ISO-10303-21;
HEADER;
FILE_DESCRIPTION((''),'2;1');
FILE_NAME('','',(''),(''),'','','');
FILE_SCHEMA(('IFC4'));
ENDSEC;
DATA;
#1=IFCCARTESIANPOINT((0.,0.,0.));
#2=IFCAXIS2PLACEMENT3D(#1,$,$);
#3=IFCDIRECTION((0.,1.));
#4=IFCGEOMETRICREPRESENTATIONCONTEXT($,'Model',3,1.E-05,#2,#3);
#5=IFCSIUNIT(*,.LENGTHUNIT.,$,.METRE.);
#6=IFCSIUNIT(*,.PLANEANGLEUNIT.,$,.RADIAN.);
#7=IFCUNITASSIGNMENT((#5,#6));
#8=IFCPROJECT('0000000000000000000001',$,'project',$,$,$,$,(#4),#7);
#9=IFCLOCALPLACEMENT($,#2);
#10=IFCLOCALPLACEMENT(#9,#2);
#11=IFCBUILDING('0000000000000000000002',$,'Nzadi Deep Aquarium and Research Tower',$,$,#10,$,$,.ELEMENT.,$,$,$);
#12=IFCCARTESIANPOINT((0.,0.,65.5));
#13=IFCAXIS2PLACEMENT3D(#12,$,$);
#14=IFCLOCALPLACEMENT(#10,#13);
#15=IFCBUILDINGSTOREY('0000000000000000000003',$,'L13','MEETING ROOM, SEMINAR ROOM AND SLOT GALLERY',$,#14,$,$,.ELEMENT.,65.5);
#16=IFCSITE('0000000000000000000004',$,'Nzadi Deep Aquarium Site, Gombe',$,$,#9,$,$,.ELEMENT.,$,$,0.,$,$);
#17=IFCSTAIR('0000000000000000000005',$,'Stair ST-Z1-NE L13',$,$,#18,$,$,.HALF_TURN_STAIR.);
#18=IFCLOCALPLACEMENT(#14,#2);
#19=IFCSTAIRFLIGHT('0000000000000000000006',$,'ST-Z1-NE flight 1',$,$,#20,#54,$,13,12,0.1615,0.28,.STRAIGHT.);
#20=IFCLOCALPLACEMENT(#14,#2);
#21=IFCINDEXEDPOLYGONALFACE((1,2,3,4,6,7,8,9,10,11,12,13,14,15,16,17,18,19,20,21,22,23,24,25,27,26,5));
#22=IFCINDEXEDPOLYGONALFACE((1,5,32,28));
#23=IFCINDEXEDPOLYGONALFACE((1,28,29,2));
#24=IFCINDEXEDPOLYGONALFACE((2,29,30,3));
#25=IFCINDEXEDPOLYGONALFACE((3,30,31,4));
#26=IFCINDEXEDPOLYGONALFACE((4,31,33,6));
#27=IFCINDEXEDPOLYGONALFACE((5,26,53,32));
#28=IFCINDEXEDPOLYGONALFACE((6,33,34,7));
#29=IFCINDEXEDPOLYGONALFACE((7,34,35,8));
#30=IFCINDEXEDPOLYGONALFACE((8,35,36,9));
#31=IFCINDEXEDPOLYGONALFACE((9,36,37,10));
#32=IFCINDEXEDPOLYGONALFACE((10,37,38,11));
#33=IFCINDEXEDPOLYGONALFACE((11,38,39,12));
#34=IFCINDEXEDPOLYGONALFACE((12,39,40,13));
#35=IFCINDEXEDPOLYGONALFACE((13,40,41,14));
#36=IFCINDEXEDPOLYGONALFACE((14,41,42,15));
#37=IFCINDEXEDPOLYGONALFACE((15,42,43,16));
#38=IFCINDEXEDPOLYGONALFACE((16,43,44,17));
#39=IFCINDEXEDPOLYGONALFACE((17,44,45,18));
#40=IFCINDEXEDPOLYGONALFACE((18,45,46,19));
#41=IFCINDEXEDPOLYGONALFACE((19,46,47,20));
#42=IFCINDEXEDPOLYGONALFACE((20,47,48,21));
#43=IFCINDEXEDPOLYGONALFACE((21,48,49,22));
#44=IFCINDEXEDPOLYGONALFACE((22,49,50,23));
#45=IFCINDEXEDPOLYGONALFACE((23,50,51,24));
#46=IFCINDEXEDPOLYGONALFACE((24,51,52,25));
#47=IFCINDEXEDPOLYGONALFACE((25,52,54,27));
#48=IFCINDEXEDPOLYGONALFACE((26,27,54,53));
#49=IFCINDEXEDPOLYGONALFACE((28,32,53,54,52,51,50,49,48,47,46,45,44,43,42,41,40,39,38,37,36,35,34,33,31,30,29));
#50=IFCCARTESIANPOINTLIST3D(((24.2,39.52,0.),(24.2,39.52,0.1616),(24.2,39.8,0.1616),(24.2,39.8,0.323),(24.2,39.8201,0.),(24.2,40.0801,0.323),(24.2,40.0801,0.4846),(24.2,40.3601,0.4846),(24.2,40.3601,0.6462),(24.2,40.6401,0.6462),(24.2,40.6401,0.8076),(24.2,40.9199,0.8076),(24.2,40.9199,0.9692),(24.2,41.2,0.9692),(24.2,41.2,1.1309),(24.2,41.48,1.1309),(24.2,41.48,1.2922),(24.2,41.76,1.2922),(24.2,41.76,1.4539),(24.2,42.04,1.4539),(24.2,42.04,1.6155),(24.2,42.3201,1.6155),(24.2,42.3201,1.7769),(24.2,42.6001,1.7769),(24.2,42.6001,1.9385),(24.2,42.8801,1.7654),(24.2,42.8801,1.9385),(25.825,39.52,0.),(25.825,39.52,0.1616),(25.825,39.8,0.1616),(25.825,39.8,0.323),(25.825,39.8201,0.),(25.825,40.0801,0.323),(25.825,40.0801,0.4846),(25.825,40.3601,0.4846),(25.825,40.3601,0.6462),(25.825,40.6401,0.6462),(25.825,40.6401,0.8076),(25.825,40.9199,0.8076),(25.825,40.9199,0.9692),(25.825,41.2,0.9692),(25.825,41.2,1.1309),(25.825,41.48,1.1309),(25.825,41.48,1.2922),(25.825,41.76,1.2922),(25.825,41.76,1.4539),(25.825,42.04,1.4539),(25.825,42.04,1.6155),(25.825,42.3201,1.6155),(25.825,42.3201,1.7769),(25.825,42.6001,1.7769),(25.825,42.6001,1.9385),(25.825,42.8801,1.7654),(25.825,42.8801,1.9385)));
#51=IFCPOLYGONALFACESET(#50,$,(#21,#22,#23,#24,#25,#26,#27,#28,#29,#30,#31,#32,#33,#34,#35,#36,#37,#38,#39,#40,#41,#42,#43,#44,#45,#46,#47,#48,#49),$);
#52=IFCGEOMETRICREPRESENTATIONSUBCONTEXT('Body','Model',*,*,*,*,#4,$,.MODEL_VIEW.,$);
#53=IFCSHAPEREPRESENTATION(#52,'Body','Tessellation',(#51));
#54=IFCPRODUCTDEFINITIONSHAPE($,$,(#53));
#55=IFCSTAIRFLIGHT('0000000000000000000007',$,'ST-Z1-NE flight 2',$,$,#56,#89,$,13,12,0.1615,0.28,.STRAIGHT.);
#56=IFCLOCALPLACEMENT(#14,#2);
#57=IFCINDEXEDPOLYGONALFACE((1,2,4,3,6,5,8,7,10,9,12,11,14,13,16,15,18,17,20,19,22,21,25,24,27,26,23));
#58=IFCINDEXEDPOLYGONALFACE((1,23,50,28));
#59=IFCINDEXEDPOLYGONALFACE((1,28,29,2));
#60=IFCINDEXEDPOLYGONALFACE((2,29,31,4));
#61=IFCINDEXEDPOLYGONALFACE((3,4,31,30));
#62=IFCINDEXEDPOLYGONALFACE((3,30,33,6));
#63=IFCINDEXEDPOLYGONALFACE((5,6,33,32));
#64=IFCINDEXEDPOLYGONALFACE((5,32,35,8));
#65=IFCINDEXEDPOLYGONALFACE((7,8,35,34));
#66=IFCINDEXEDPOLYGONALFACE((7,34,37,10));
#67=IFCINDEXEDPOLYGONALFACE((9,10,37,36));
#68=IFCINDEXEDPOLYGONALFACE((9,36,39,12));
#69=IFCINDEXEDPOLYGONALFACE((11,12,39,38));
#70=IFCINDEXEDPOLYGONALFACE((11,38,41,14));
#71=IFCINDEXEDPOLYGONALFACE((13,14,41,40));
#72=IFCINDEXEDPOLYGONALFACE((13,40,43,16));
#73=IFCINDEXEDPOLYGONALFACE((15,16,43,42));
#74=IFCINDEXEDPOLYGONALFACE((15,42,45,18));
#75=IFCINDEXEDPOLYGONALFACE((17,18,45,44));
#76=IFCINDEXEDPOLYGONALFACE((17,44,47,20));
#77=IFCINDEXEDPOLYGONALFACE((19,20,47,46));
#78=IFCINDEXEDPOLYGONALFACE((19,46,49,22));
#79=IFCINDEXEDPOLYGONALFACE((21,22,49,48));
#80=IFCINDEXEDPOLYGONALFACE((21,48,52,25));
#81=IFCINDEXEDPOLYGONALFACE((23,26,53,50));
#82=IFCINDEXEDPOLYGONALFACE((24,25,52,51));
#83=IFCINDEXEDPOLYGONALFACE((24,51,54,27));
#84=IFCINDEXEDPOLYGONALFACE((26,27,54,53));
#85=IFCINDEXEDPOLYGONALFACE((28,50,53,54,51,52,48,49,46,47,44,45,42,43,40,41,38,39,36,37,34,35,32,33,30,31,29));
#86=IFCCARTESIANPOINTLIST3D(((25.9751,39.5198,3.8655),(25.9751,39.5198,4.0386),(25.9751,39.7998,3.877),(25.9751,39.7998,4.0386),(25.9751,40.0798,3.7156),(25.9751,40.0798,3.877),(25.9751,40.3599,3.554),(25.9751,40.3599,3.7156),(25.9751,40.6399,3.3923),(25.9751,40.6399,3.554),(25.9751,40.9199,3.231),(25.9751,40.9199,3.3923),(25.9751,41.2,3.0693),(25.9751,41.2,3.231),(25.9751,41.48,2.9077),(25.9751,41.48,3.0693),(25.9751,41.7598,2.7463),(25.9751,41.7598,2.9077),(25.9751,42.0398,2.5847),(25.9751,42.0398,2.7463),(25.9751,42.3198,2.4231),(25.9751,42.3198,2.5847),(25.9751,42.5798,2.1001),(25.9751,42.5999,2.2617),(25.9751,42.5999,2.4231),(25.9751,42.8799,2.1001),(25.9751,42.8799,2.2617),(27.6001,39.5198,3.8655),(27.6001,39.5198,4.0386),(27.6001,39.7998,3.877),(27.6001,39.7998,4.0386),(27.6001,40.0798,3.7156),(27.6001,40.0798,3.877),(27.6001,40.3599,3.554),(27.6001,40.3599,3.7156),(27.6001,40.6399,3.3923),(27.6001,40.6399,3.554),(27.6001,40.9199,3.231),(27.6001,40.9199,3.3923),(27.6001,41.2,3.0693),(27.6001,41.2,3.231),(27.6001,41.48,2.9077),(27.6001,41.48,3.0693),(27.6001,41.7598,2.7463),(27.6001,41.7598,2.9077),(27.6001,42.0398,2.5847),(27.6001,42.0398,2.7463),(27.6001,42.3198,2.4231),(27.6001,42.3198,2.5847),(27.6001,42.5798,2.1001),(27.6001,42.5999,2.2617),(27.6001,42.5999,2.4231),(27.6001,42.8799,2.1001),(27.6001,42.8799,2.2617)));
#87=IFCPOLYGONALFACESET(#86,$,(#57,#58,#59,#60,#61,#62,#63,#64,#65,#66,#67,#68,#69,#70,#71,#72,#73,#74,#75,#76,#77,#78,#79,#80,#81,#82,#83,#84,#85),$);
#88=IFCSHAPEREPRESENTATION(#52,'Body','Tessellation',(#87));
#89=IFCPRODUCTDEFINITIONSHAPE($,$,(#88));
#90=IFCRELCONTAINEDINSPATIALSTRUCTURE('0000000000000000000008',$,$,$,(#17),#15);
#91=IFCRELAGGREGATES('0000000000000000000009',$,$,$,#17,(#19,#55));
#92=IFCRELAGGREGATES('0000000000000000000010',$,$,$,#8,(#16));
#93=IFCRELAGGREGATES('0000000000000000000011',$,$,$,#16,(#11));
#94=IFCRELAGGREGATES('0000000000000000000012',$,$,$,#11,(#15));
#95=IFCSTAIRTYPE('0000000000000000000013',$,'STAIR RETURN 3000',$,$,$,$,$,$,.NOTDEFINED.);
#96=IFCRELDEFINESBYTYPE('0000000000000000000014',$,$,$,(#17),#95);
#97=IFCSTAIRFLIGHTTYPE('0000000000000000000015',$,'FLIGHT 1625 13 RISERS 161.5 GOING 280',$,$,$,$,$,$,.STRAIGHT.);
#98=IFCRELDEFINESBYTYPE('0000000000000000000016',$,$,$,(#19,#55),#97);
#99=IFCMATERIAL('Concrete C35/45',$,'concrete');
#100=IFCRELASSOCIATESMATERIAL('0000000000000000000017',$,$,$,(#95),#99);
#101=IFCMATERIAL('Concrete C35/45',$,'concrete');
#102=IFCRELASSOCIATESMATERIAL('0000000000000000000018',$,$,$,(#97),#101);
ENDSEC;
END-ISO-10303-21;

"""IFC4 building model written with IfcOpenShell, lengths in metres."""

from ifc_helpers import new_model, si_unit, direction, frame, origin, place, context, subcontext, project, spatial, polyline, outline, extrude, material, type_object, element, aggregate, save


model = new_model("IFC4")

# Units and contexts
model_context = context("Model", 3, precision=1e-05, world=origin(), true_north=direction((0.0, 1.0)))
body_context = subcontext(model_context, "Body", "Model", "MODEL_VIEW")
ifc_project = project(units=[si_unit("LENGTHUNIT", "METRE"), si_unit("PLANEANGLEUNIT", "RADIAN")], contexts=[model_context])

# Site, building, storey
site_placement = place(None, origin())
site = spatial("IfcSite", under=ifc_project, at=site_placement, Name="Nzadi Deep Aquarium Site, Gombe", CompositionType="ELEMENT", RefElevation=0.0)
building_placement = place(site_placement, origin())
building = spatial("IfcBuilding", under=site, at=building_placement, Name="Nzadi Deep Aquarium and Research Tower", CompositionType="ELEMENT")
storey_placement = place(building_placement, frame((0.0, 0.0, 65.5)))
storey = spatial("IfcBuildingStorey", under=building, at=storey_placement, Name="L13", Description="MEETING ROOM, SEMINAR ROOM AND SLOT GALLERY", CompositionType="ELEMENT", Elevation=65.5)

# Stair, stair flights
ifc_material_1 = material(Name="Concrete C35/45", Category="concrete")
stair_type = type_object("IfcStairType", Name="STAIR RETURN 3000", PredefinedType="NOTDEFINED", material=ifc_material_1)
stair_placement = place(storey_placement, origin())
stair = element("IfcStair", 1, at=stair_placement, inside=storey, type_object=stair_type, Name="Stair ST-Z1-NE L13", PredefinedType="HALF_TURN_STAIR")
ifc_material_2 = material(Name="Concrete C35/45", Category="concrete")
stair_flight_type = type_object("IfcStairFlightType", Name="FLIGHT 1625 13 RISERS 161.5 GOING 280", PredefinedType="STRAIGHT", material=ifc_material_2)
stair_flight_1_placement = place(storey_placement, frame((25.0125, 39.52, 0.0), z_axis=(0.0, 0.0, 1.0), x_axis=(0.0, 1.0, 0.0)))
stair_flight_1 = element("IfcStairFlight", 2, at=stair_flight_1_placement, type_object=stair_flight_type, Name="ST-Z1-NE flight 1", NumberOfRisers=13, NumberOfTreads=12, PredefinedType="STRAIGHT", RiserHeight=0.1615, TreadLength=0.28, context=body_context, shape_type="SweptSolid", body=[
    extrude(outline(polyline([(0.0, 0.0), (0.0, 0.1616), (0.28, 0.1616), (0.28, 0.323), (0.5601, 0.323), (0.5601, 0.4846), (0.8401, 0.4846), (0.8401, 0.6462), (1.1201, 0.6462), (1.1201, 0.8076), (1.3999, 0.8076), (1.3999, 0.9692), (1.6799, 0.9692), (1.6799, 1.1309), (1.96, 1.1309), (1.96, 1.2922), (2.24, 1.2922), (2.24, 1.4539), (2.52, 1.4539), (2.52, 1.6155), (2.8, 1.6155), (2.8, 1.7769), (3.0801, 1.7769), (3.0801, 1.9385), (3.3601, 1.9385), (3.3601, 2.1001), (3.3601, 1.7654), (0.3, 0.0), (0.0, 0.0)])), frame((0.0, 0.8125, 0.0), z_axis=(0.0, -1.0, 0.0), x_axis=(1.0, 0.0, 0.0)), (0.0, 0.0, 1.0), 1.625),
])
stair_flight_2_placement = place(storey_placement, frame((26.7876, 42.8799, 2.1001), z_axis=(0.0, 0.0, 1.0), x_axis=(0.0, -1.0, 0.0)))
stair_flight_2 = element("IfcStairFlight", 3, at=stair_flight_2_placement, type_object=stair_flight_type, Name="ST-Z1-NE flight 2", NumberOfRisers=13, NumberOfTreads=12, PredefinedType="STRAIGHT", RiserHeight=0.1615, TreadLength=0.28, context=body_context, shape_type="SweptSolid", body=[
    extrude(outline(polyline([(0.0, 0.0), (0.0, 0.1616), (0.28, 0.1616), (0.28, 0.323), (0.5601, 0.323), (0.5601, 0.4846), (0.8401, 0.4846), (0.8401, 0.6462), (1.1201, 0.6462), (1.1201, 0.8076), (1.3999, 0.8076), (1.3999, 0.9692), (1.6799, 0.9692), (1.6799, 1.1309), (1.96, 1.1309), (1.96, 1.2922), (2.24, 1.2922), (2.24, 1.4539), (2.52, 1.4539), (2.52, 1.6155), (2.8, 1.6155), (2.8, 1.7769), (3.0801, 1.7769), (3.0801, 1.9385), (3.3601, 1.9385), (3.3601, 2.1001), (3.3601, 1.7654), (0.3, 0.0), (0.0, 0.0)])), frame((0.0, 0.8125, 0.0), z_axis=(0.0, -1.0, 0.0), x_axis=(1.0, 0.0, 0.0)), (0.0, 0.0, 1.0), 1.625),
])
aggregate(stair, [stair_flight_1, stair_flight_2])

save(model, "model.ifc")
